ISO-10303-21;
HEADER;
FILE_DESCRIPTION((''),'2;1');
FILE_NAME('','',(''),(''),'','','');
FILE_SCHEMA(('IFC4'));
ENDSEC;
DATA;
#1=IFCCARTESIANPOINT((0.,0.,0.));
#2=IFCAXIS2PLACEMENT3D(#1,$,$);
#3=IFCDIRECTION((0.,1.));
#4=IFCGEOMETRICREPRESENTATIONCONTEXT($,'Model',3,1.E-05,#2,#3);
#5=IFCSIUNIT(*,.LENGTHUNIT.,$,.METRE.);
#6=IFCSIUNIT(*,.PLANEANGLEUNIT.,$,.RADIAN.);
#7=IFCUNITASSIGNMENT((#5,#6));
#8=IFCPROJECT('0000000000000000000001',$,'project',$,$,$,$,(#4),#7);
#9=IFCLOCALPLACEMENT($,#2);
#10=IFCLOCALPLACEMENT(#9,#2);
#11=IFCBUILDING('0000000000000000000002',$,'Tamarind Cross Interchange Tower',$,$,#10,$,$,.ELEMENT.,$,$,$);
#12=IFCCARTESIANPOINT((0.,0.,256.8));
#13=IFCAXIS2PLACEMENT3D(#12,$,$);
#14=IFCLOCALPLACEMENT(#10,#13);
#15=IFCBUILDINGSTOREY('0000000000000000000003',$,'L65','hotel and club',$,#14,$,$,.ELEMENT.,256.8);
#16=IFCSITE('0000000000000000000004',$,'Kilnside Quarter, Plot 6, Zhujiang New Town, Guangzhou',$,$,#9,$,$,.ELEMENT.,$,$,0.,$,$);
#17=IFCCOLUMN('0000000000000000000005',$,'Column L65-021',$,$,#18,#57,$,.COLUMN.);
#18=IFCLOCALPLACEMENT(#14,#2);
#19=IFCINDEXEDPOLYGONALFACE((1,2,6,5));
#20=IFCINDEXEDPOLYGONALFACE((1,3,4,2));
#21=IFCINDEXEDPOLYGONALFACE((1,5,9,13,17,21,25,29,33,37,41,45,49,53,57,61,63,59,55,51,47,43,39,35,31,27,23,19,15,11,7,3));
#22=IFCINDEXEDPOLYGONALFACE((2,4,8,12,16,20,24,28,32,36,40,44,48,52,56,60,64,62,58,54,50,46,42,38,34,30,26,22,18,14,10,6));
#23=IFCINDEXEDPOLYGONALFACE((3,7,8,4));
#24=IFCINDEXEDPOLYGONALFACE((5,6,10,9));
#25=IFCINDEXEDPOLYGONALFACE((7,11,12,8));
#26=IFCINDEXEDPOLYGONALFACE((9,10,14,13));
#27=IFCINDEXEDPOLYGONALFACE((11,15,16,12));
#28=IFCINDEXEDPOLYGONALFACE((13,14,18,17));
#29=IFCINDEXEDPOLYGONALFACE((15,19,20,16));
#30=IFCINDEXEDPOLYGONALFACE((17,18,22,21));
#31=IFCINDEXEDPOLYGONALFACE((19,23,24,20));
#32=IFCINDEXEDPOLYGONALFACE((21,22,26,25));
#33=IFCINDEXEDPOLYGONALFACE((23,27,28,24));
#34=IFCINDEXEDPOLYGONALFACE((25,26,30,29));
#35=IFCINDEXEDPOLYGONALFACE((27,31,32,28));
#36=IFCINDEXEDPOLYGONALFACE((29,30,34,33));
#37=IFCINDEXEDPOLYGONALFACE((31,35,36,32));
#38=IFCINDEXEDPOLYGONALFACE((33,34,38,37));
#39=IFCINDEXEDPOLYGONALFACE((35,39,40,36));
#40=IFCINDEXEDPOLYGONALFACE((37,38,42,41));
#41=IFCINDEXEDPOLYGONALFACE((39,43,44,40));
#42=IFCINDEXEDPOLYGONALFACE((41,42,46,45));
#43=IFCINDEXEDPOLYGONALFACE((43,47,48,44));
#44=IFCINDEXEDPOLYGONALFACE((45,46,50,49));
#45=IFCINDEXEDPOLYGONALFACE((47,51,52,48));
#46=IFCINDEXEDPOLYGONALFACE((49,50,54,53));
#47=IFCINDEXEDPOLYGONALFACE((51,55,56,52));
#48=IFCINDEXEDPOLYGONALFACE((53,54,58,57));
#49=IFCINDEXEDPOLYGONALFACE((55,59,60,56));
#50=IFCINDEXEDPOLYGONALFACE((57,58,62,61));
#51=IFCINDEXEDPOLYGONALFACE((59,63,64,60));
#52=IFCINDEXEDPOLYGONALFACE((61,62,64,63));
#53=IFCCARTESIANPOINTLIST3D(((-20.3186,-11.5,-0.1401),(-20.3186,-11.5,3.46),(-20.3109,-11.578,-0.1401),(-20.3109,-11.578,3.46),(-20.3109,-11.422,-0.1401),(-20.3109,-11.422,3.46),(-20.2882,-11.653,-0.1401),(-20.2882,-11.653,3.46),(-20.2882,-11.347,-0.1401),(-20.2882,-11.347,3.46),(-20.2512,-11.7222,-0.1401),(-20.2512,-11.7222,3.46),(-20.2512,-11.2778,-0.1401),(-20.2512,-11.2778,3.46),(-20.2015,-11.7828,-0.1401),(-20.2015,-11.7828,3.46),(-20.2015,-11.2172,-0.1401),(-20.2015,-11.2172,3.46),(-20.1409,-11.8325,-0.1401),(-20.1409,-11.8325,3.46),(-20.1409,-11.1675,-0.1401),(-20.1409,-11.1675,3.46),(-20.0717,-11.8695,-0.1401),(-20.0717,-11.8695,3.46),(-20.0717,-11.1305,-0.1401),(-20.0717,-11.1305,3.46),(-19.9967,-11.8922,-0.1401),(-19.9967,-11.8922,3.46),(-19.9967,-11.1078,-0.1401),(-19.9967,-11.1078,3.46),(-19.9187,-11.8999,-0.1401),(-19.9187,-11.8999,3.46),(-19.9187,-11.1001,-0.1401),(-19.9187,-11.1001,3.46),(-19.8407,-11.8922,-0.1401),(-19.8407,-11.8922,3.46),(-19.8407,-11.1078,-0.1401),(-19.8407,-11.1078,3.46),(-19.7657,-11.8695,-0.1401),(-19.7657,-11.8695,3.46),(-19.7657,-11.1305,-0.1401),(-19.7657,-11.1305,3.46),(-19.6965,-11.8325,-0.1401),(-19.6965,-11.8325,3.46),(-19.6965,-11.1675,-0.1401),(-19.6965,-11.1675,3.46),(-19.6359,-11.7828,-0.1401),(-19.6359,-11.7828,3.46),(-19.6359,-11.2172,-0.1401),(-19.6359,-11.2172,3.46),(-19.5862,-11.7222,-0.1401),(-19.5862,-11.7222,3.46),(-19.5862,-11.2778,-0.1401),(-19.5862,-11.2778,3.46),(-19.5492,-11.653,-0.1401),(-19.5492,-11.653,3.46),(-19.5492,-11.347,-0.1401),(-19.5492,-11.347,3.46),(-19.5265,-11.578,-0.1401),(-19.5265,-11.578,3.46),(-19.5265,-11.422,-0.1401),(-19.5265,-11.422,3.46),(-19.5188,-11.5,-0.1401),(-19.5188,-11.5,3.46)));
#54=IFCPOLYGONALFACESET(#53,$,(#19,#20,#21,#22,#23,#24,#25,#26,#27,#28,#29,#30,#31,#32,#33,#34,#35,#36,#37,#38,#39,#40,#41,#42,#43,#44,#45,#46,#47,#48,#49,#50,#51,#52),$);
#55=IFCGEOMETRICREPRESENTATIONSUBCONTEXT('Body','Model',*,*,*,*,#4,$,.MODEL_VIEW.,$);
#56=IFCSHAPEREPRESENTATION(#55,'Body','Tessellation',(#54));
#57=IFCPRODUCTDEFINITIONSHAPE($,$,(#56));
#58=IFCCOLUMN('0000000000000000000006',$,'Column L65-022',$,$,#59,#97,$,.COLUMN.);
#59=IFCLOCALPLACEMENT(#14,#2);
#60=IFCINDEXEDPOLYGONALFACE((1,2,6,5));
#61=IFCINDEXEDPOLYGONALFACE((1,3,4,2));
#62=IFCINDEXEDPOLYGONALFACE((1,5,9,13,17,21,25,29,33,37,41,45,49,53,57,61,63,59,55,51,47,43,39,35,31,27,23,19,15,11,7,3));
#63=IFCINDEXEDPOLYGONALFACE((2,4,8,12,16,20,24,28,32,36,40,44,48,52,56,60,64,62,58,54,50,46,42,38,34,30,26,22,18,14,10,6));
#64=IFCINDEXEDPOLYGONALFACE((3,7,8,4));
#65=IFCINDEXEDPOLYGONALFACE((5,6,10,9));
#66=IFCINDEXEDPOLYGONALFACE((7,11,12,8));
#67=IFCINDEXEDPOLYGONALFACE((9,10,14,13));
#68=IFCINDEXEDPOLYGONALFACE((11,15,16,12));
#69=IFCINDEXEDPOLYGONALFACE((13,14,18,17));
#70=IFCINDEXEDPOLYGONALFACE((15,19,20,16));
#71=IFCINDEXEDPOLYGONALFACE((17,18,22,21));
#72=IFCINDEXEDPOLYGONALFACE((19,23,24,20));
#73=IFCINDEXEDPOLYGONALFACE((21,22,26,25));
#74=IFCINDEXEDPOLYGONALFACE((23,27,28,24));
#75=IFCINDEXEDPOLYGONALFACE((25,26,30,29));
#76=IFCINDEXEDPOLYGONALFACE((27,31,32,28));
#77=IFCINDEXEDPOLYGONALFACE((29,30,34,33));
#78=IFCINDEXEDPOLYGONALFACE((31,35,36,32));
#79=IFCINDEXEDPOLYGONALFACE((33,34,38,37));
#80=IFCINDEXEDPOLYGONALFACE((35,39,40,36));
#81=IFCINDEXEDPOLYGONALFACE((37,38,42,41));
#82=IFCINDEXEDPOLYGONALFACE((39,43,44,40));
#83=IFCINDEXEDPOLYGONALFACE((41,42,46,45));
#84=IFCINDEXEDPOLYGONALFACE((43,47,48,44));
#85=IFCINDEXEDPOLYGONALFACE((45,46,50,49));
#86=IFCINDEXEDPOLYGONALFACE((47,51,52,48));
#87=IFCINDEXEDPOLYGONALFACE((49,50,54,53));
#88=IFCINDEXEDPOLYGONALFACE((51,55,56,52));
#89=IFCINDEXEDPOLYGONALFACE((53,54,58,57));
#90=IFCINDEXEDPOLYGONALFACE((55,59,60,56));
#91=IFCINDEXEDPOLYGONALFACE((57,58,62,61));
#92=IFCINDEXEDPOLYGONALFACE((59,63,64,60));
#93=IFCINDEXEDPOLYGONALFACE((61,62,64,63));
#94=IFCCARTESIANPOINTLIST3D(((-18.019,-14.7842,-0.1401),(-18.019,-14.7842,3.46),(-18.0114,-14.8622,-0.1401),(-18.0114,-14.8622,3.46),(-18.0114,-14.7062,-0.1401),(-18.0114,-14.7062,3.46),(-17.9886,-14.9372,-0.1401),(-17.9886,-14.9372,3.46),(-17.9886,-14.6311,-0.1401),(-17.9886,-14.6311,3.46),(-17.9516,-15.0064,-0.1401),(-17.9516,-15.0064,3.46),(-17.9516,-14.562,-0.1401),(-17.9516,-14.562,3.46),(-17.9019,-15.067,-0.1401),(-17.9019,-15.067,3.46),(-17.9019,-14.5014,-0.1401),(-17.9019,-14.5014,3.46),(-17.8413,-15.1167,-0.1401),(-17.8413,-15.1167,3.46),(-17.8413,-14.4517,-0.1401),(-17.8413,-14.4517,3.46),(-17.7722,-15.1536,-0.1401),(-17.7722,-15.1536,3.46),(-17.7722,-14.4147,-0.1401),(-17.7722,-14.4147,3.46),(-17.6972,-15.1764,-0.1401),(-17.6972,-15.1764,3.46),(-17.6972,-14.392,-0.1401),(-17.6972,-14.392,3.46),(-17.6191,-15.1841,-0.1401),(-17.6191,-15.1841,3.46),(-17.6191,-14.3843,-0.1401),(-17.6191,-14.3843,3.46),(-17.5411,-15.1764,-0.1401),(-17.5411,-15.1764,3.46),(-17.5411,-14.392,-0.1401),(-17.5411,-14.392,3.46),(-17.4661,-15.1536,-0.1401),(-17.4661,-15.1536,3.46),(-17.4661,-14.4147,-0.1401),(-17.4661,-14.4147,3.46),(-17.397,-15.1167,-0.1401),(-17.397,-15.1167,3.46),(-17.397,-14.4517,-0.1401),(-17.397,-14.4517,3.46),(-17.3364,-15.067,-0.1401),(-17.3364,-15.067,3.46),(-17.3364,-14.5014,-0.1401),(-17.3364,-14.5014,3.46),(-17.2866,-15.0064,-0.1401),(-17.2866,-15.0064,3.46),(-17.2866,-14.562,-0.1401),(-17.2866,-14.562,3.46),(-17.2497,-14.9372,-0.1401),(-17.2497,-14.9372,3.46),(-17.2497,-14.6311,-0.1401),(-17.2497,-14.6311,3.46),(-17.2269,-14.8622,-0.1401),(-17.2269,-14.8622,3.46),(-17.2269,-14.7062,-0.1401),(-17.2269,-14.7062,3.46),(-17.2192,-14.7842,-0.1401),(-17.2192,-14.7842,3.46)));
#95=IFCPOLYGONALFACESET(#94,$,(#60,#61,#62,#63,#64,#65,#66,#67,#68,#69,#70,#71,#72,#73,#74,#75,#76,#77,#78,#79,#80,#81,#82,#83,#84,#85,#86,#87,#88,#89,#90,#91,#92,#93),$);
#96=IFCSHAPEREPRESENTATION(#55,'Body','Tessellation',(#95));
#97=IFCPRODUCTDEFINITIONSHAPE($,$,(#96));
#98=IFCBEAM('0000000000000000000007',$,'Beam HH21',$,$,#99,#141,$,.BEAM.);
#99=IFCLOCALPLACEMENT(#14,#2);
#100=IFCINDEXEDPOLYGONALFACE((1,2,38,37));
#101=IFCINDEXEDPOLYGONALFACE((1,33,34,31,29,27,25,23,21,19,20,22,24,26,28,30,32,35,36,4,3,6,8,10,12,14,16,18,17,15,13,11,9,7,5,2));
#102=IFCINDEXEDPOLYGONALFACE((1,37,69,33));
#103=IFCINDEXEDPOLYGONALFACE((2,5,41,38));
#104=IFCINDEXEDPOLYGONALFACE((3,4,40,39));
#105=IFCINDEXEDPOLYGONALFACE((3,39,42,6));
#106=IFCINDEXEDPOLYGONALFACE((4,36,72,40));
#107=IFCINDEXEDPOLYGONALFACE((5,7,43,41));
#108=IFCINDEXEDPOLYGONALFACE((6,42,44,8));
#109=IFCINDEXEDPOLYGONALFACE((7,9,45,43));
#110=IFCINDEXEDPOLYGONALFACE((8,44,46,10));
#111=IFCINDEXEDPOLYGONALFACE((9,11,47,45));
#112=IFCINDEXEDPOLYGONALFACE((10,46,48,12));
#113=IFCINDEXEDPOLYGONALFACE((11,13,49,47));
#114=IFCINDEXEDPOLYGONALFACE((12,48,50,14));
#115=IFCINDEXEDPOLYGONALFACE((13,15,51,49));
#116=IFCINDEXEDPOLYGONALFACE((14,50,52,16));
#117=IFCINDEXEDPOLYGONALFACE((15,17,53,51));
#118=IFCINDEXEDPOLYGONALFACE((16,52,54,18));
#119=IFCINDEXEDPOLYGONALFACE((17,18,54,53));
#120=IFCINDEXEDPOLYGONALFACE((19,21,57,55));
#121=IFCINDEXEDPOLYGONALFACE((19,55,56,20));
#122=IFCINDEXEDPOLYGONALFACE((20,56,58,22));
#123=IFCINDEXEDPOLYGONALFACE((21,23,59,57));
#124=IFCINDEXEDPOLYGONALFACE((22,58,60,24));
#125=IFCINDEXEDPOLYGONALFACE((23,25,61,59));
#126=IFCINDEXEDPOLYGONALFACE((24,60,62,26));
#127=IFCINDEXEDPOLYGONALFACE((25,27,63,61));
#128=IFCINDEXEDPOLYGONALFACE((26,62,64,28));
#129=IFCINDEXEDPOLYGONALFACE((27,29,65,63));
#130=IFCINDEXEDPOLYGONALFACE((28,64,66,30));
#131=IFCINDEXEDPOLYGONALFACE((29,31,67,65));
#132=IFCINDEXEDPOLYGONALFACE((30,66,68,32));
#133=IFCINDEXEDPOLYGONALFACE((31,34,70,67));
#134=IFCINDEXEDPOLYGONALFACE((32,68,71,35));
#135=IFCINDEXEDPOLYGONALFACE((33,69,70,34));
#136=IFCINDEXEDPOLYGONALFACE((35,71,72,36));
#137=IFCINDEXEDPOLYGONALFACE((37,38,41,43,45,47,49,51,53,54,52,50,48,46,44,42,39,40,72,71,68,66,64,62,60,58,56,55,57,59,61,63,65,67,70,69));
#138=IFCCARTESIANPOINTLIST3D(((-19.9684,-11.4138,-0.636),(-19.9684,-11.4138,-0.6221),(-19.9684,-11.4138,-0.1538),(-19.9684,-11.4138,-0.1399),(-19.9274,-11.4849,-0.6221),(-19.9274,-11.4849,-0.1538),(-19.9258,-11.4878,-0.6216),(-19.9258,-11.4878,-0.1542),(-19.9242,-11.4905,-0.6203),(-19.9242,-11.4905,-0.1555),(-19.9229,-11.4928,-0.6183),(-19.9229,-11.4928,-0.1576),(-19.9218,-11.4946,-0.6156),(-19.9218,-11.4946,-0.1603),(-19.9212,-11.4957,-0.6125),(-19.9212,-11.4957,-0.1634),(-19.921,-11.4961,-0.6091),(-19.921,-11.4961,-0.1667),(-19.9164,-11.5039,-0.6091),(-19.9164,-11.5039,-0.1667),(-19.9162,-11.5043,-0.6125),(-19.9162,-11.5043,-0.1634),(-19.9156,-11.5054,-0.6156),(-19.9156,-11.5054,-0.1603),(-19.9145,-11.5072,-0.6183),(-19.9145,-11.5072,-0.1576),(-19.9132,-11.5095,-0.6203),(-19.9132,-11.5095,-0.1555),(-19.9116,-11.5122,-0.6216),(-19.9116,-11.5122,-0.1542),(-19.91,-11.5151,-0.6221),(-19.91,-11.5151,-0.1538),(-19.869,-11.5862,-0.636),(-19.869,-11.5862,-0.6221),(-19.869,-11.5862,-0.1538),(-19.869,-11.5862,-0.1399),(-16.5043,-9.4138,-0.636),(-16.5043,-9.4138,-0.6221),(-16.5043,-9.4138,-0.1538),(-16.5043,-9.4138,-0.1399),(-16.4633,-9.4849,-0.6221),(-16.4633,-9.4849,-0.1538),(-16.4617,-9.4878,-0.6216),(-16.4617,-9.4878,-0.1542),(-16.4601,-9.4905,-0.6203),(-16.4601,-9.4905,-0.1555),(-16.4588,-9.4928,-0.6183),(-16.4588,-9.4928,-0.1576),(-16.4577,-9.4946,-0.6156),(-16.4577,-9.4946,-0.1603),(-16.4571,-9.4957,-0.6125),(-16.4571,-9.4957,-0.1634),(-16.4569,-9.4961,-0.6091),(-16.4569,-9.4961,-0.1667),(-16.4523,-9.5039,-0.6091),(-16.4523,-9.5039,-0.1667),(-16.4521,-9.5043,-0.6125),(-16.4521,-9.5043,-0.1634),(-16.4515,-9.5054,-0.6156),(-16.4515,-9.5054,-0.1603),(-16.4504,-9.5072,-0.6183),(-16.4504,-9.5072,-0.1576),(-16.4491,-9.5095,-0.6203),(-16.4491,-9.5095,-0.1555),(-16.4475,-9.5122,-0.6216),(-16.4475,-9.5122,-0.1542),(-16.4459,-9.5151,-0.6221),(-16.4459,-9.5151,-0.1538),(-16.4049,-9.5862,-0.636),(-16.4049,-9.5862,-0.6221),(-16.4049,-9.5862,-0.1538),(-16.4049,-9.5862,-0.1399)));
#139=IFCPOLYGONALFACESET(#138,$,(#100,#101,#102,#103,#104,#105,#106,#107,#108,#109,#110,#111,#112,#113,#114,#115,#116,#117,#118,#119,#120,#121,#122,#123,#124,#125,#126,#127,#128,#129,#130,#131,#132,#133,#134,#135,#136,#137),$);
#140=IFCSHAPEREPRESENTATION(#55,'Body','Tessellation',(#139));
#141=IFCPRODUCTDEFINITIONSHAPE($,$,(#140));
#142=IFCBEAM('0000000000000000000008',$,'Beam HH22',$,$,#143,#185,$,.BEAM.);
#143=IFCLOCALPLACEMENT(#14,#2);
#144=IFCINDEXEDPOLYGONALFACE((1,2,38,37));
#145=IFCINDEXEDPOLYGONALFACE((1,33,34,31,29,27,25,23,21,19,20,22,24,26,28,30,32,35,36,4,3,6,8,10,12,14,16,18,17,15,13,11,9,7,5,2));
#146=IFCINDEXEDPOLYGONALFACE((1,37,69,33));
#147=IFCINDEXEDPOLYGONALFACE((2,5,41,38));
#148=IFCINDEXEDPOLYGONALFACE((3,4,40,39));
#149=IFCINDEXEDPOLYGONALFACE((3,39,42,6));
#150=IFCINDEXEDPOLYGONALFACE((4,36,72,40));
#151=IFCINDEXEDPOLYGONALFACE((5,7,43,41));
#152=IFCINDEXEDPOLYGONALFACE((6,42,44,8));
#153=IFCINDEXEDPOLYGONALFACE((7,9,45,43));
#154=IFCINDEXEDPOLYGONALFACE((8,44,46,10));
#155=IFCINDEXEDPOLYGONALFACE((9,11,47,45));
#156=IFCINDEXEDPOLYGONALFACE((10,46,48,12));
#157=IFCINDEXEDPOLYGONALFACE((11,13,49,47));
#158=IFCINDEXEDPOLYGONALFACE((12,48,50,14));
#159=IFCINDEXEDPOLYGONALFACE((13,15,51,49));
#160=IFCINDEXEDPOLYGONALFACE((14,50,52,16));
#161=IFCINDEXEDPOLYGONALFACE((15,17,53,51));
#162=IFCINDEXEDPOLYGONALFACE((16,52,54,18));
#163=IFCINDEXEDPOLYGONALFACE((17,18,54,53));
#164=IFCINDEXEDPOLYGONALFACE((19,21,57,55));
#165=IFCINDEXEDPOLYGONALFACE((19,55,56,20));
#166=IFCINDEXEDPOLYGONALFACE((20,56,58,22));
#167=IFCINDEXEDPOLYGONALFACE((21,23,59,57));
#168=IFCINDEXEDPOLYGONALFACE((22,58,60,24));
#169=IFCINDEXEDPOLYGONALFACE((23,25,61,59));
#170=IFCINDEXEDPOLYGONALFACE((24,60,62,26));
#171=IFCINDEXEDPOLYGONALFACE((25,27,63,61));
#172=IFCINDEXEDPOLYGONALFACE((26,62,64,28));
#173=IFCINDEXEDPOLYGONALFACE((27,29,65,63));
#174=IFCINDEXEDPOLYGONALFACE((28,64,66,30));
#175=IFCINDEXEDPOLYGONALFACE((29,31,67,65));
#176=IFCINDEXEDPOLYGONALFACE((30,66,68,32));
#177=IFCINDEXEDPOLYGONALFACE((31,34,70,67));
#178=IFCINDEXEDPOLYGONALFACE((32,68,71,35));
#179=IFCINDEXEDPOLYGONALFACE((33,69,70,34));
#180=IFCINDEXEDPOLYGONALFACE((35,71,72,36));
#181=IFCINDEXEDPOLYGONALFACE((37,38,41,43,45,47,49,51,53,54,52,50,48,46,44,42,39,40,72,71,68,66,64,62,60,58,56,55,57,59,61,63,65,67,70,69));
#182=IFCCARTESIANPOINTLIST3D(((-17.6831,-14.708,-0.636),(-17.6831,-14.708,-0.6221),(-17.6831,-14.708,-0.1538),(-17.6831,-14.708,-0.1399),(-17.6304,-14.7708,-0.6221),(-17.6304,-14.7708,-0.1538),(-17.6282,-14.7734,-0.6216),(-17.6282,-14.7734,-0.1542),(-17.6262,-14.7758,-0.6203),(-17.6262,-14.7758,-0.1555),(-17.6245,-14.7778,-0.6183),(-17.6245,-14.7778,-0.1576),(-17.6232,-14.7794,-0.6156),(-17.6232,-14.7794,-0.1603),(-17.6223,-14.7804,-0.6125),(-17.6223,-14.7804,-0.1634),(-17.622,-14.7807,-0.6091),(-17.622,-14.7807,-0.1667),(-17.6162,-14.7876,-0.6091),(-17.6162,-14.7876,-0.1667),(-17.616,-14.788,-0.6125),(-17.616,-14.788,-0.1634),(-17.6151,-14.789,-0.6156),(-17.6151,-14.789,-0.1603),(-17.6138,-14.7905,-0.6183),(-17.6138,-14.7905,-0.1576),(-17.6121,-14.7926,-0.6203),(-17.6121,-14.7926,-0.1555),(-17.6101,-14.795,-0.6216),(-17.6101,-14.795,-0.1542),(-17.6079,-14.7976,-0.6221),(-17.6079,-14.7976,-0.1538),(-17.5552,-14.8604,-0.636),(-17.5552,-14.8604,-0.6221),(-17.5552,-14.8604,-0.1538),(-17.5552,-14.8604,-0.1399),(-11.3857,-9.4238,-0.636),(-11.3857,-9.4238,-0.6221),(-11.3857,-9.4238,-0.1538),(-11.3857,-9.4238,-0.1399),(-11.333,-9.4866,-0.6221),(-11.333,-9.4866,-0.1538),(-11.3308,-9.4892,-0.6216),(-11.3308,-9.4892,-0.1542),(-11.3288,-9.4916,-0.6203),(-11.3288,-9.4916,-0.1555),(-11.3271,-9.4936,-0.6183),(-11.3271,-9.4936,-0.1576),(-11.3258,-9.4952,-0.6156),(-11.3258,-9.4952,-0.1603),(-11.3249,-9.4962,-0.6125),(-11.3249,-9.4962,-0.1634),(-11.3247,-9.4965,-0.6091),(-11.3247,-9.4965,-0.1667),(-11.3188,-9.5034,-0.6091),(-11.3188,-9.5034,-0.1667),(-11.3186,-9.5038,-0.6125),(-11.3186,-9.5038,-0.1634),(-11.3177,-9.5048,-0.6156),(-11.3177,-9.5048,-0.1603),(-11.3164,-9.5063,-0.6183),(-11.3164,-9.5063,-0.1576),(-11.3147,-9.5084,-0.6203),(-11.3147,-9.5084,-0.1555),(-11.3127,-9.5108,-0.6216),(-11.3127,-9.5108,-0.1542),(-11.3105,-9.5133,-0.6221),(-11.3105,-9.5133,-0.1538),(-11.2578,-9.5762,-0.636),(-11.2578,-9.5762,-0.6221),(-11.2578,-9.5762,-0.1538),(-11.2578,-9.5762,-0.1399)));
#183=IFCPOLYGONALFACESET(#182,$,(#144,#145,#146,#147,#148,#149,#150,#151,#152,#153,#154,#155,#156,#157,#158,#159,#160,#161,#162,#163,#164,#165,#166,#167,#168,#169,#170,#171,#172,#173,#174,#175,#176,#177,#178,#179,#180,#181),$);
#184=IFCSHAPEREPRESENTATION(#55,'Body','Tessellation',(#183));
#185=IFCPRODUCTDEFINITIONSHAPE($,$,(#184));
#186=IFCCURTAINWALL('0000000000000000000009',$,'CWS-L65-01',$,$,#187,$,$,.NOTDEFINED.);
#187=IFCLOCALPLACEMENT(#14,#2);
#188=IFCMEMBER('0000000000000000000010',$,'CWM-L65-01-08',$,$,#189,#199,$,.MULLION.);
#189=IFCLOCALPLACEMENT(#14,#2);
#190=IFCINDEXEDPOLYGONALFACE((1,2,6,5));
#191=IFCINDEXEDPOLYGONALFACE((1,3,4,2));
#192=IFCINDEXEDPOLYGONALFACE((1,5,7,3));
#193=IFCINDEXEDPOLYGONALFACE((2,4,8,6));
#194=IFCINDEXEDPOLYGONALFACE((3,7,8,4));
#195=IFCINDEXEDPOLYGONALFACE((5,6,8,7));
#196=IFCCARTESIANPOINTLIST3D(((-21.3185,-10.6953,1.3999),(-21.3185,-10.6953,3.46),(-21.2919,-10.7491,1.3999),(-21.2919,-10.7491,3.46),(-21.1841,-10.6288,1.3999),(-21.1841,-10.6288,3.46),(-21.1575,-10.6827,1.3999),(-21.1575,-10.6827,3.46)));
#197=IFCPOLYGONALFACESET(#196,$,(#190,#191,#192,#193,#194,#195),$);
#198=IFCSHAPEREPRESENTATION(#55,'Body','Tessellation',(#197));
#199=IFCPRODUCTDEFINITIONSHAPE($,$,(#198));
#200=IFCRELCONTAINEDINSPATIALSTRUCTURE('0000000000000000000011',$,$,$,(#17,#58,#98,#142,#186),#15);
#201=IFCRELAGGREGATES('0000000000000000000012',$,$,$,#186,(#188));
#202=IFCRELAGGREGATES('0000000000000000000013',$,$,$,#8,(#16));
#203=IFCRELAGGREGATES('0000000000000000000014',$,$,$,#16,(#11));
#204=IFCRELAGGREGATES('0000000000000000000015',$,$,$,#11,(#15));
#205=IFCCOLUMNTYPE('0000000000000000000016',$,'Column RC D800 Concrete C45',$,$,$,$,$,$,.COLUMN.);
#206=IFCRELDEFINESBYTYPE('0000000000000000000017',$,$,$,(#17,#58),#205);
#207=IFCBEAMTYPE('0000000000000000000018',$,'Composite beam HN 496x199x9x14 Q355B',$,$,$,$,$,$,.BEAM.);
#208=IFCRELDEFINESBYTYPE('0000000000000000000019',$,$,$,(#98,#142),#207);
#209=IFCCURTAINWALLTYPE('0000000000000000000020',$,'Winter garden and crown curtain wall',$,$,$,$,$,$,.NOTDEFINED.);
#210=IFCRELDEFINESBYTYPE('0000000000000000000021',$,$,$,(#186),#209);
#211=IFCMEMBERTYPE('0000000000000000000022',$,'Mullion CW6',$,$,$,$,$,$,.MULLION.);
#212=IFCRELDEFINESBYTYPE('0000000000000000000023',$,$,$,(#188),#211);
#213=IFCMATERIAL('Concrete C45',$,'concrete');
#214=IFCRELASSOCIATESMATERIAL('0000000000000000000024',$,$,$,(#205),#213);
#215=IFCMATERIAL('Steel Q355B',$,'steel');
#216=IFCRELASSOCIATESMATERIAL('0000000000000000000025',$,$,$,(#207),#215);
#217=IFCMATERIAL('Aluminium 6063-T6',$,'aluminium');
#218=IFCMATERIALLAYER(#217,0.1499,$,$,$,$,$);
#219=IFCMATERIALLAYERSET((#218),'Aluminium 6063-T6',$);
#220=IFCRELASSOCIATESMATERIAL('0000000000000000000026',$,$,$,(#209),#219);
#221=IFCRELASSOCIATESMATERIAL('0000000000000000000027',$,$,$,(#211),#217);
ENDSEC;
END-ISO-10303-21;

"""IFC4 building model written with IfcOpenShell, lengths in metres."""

from ifc_helpers import new_model, si_unit, direction, frame, origin, origin_2d, place, context, subcontext, project, spatial, rectangle, circle, i_section, extrude, material, layer, layer_set, material_profile, profile_set, type_object, element, aggregate, save


model = new_model("IFC4")

# Units and contexts
model_context = context("Model", 3, precision=1e-05, world=origin(), true_north=direction((0.0, 1.0)))
body_context = subcontext(model_context, "Body", "Model", "MODEL_VIEW")
ifc_project = project(units=[si_unit("LENGTHUNIT", "METRE"), si_unit("PLANEANGLEUNIT", "RADIAN")], contexts=[model_context])

# Site, building, storey
site_placement = place(None, origin())
site = spatial("IfcSite", under=ifc_project, at=site_placement, Name="Kilnside Quarter, Plot 6, Zhujiang New Town, Guangzhou", CompositionType="ELEMENT", RefElevation=0.0)
building_placement = place(site_placement, origin())
building = spatial("IfcBuilding", under=site, at=building_placement, Name="Tamarind Cross Interchange Tower", CompositionType="ELEMENT")
storey_placement = place(building_placement, frame((0.0, 0.0, 256.8)))
storey = spatial("IfcBuildingStorey", under=building, at=storey_placement, Name="L65", Description="hotel and club", CompositionType="ELEMENT", Elevation=256.8)

# Columns
ifc_material_1 = material(Name="Concrete C45", Category="concrete")
ifc_material_profile_1 = material_profile(ifc_material_1, circle(Radius=0.3999, at=origin_2d()), Name="RC D800")
ifc_profile_set_1 = profile_set([ifc_material_profile_1], Name="Concrete C45")
column_type = type_object("IfcColumnType", Name="Column RC D800 Concrete C45", PredefinedType="COLUMN", material=ifc_profile_set_1)
for number, where, z_axis, x_axis, name in (
    (1, (-19.9187, -11.5, -0.1401), (0.0, 0.0, 1.0), (1.0, 0.0, 0.0), "Column L65-021"),
    (2, (-17.6191, -14.7842, -0.1401), (0.0, 0.0, 1.0), (1.0, 0.0, 0.0), "Column L65-022"),
):
    element("IfcColumn", number, at=place(storey_placement, frame(where, z_axis=z_axis, x_axis=x_axis)), inside=storey, type_object=column_type, Name=name, PredefinedType="COLUMN", context=body_context, shape_type="SweptSolid", body=[
        extrude(circle(Radius=0.3999, at=origin_2d()), origin(), (0.0, 0.0, 1.0), 3.6001),
    ])

# Beams
ifc_material_2 = material(Name="Steel Q355B", Category="steel")
ifc_material_profile_2 = material_profile(ifc_material_2, i_section(OverallWidth=0.199, OverallDepth=0.4961, WebThickness=0.009, FlangeThickness=0.0139, FilletRadius=0.0129, at=origin_2d()), Name="HN 496x199x9x14")
ifc_profile_set_2 = profile_set([ifc_material_profile_2], Name="Steel Q355B")
beam_type = type_object("IfcBeamType", Name="Composite beam HN 496x199x9x14 Q355B", PredefinedType="BEAM", material=ifc_profile_set_2)
beam_1_placement = place(storey_placement, frame((-19.9187, -11.5, -0.3879), z_axis=(0.866026, 0.499999, 0.0), x_axis=(-0.499999, 0.866026, 0.0)))
element("IfcBeam", 3, at=beam_1_placement, inside=storey, type_object=beam_type, Name="Beam HH21", PredefinedType="BEAM", context=body_context, shape_type="SweptSolid", body=[
    extrude(i_section(OverallWidth=0.199, OverallDepth=0.4961, WebThickness=0.009, FlangeThickness=0.0139, FilletRadius=0.0129, at=origin_2d()), origin(), (0.0, 0.0, 1.0), 4.0),
])
beam_2_placement = place(storey_placement, frame((-17.6191, -14.7842, -0.3879), z_axis=(0.766041, 0.642792, 0.0), x_axis=(-0.642792, 0.766041, 0.0)))
element("IfcBeam", 4, at=beam_2_placement, inside=storey, type_object=beam_type, Name="Beam HH22", PredefinedType="BEAM", context=body_context, shape_type="SweptSolid", body=[
    extrude(i_section(OverallWidth=0.199, OverallDepth=0.4961, WebThickness=0.009, FlangeThickness=0.0139, FilletRadius=0.0129, at=origin_2d()), origin(), (0.0, 0.0, 1.0), 8.2207),
])

# Curtain wall, member
ifc_material_3 = material(Name="Aluminium 6063-T6", Category="aluminium")
ifc_layer_1 = layer(ifc_material_3, 0.1499)
ifc_layer_set_1 = layer_set([ifc_layer_1], Name="Aluminium 6063-T6")
curtain_wall_type = type_object("IfcCurtainWallType", Name="Winter garden and crown curtain wall", PredefinedType="NOTDEFINED", material=ifc_layer_set_1)
curtain_wall_placement = place(storey_placement, origin())
curtain_wall = element("IfcCurtainWall", 5, at=curtain_wall_placement, inside=storey, type_object=curtain_wall_type, Name="CWS-L65-01", PredefinedType="NOTDEFINED")
ifc_material_profile_3 = material_profile(ifc_material_3, rectangle(XDim=0.0601, YDim=0.1499, at=origin_2d()), Name="Mullion CW6")
ifc_profile_set_3 = profile_set([ifc_material_profile_3], Name="Aluminium 6063-T6")
member_type = type_object("IfcMemberType", Name="Mullion CW6", PredefinedType="MULLION", material=ifc_profile_set_3)
member_1_placement = place(storey_placement, frame((-21.238, -10.689, 1.3999), z_axis=(0.0, 0.0, 1.0), x_axis=(0.443059, -0.896493, 0.0)))
member_1 = element("IfcMember", 6, at=member_1_placement, type_object=member_type, Name="CWM-L65-01-08", PredefinedType="MULLION", context=body_context, shape_type="SweptSolid", body=[
    extrude(rectangle(XDim=0.0601, YDim=0.1499, at=origin_2d()), origin(), (0.0, 0.0, 1.0), 2.0601),
])
aggregate(curtain_wall, [member_1])

save(model, "model.ifc")
